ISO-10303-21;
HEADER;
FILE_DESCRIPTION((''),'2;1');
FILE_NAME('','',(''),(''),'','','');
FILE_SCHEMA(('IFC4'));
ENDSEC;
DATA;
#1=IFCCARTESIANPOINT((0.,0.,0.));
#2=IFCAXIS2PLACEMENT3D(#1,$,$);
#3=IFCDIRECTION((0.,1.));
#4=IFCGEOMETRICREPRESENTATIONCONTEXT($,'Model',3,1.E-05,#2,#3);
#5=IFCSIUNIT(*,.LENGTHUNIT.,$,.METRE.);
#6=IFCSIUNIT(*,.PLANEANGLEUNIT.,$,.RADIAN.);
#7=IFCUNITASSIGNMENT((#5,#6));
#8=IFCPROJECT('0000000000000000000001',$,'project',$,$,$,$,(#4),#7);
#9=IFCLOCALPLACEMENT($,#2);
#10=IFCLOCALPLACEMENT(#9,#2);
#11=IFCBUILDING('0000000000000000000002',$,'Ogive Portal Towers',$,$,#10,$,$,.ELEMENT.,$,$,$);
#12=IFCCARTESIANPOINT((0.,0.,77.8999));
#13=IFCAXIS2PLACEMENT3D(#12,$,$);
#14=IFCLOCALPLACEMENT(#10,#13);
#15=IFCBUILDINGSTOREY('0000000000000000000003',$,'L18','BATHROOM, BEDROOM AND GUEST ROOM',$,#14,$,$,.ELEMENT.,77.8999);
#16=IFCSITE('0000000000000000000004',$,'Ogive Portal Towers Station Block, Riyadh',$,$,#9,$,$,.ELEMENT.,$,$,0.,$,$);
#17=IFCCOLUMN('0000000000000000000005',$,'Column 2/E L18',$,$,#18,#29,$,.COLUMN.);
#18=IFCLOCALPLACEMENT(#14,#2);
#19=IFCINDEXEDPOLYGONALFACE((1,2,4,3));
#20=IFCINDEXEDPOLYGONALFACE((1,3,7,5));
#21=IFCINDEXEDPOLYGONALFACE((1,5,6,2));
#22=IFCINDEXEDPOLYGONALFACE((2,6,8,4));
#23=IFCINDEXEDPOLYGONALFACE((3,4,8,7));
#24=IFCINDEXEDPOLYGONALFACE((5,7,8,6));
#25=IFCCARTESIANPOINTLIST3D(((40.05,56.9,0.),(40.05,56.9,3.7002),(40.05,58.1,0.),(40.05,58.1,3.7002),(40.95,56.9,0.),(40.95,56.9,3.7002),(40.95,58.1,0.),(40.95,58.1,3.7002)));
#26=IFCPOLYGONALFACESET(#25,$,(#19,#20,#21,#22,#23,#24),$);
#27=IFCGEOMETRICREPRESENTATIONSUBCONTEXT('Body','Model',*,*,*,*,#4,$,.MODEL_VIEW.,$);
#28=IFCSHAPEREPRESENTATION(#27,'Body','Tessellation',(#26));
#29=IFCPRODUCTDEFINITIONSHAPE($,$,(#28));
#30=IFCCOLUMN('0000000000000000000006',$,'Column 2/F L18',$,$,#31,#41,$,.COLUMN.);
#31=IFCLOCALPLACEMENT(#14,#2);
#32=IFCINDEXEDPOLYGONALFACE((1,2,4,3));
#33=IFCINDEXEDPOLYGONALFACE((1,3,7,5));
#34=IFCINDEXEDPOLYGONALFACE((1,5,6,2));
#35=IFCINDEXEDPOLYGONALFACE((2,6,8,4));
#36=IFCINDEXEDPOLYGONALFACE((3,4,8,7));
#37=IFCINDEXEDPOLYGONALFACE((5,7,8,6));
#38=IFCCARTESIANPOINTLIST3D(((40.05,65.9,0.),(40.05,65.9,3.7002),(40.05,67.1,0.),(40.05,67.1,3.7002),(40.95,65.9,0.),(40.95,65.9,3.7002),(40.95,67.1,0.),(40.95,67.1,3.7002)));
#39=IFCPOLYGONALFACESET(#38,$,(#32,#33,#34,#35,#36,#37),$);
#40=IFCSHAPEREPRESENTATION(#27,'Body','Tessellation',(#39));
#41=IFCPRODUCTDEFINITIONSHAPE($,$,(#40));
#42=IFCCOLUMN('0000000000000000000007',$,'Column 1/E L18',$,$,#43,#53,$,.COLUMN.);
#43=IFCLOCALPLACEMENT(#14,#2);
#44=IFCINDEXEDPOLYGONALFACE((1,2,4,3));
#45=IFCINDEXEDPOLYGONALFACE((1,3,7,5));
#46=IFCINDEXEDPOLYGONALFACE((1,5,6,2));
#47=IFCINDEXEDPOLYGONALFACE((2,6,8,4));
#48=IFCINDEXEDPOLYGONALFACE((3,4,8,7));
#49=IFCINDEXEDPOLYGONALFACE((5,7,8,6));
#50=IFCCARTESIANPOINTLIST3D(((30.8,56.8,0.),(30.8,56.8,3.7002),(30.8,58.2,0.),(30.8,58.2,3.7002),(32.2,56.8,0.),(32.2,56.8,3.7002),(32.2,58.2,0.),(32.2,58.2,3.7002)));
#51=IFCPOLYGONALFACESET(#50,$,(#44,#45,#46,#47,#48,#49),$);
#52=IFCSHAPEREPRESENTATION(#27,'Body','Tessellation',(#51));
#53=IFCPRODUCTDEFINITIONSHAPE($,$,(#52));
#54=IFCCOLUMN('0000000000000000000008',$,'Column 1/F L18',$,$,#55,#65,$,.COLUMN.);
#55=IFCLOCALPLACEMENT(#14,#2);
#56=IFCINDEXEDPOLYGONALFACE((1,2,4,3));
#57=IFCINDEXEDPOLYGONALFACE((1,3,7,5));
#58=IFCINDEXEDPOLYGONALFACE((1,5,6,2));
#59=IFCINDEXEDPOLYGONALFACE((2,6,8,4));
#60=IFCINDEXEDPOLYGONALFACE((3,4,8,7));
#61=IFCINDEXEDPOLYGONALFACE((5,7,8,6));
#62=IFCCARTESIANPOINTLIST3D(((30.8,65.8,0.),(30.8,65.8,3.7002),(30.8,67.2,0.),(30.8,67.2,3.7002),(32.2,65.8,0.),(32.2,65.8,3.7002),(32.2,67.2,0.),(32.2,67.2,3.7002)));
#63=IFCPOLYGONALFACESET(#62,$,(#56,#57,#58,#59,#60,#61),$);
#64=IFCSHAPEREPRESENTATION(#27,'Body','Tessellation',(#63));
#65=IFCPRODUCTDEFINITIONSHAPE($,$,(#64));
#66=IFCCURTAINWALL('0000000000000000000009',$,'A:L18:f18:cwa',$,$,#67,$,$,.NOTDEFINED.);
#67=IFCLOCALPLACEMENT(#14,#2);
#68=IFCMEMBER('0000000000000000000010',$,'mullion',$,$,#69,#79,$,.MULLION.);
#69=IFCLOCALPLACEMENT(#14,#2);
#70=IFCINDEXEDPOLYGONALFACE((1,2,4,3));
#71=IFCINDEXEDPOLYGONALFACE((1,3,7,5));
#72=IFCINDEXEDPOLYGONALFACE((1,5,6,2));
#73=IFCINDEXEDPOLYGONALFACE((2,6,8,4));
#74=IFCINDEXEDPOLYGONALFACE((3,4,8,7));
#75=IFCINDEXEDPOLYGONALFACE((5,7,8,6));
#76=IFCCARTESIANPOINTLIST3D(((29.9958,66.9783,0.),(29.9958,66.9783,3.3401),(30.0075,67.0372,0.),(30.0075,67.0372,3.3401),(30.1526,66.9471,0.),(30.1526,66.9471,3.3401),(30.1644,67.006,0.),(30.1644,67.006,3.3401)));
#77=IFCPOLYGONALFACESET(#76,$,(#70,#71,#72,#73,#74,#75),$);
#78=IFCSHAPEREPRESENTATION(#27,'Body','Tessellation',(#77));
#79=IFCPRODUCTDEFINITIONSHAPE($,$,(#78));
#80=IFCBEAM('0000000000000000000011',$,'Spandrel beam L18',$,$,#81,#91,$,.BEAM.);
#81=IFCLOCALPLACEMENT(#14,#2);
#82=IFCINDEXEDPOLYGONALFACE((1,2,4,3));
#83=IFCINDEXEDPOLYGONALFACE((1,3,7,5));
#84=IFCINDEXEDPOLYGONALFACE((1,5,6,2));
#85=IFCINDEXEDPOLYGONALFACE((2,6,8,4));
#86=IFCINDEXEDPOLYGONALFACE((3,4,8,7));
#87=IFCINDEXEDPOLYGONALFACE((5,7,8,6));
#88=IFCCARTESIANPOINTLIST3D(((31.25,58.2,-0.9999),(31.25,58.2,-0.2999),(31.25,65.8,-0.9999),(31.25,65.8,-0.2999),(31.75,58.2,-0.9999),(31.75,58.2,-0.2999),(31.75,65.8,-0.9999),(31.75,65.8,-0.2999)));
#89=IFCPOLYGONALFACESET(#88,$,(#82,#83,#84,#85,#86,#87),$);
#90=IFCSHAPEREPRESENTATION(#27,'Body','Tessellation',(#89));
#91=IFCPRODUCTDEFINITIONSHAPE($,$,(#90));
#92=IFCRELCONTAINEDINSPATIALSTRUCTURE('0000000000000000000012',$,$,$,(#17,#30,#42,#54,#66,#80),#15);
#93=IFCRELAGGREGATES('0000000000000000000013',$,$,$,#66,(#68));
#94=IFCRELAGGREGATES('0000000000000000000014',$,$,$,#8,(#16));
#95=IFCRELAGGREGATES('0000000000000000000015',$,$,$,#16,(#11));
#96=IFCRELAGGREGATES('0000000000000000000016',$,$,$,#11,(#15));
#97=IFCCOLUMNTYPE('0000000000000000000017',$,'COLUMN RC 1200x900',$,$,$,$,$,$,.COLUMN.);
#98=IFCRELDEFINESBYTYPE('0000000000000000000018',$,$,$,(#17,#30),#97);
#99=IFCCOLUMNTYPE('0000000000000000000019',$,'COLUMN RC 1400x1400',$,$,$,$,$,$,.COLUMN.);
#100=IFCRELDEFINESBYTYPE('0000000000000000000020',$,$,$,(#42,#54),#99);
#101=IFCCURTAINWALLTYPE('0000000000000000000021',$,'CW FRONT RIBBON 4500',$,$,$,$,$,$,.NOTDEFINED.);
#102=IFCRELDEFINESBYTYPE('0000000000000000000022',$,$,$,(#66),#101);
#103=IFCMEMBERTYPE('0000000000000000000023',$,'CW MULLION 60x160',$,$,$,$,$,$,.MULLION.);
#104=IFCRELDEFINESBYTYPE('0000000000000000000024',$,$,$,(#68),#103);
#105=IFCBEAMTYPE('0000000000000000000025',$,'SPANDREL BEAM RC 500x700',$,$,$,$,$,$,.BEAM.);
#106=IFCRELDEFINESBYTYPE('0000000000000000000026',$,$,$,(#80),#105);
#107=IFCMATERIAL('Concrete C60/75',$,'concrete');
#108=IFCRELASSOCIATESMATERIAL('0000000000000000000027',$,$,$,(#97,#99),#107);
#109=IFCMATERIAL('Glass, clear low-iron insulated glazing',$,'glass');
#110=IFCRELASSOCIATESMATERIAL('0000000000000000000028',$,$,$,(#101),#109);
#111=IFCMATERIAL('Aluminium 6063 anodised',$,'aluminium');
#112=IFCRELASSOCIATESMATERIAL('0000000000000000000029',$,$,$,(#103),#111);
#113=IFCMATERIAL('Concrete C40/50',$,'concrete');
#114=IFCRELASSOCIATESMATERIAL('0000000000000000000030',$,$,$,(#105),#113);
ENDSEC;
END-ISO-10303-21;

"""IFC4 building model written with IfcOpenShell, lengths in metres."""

from ifc_helpers import new_model, si_unit, direction, frame, origin, origin_2d, place, context, subcontext, project, spatial, rectangle, extrude, material, material_profile, profile_set, type_object, element, aggregate, save


model = new_model("IFC4")

# Units and contexts
model_context = context("Model", 3, precision=1e-05, world=origin(), true_north=direction((0.0, 1.0)))
body_context = subcontext(model_context, "Body", "Model", "MODEL_VIEW")
ifc_project = project(units=[si_unit("LENGTHUNIT", "METRE"), si_unit("PLANEANGLEUNIT", "RADIAN")], contexts=[model_context])

# Site, building, storey
site_placement = place(None, origin())
site = spatial("IfcSite", under=ifc_project, at=site_placement, Name="Ogive Portal Towers Station Block, Riyadh", CompositionType="ELEMENT", RefElevation=0.0)
building_placement = place(site_placement, origin())
building = spatial("IfcBuilding", under=site, at=building_placement, Name="Ogive Portal Towers", CompositionType="ELEMENT")
storey_placement = place(building_placement, frame((0.0, 0.0, 77.8999)))
storey = spatial("IfcBuildingStorey", under=building, at=storey_placement, Name="L18", Description="BATHROOM, BEDROOM AND GUEST ROOM", CompositionType="ELEMENT", Elevation=77.8999)

# Columns
ifc_material_1 = material(Name="Concrete C60/75", Category="concrete")
ifc_material_profile_1 = material_profile(ifc_material_1, rectangle(XDim=1.2, YDim=0.8999, at=origin_2d()), Name="RC 1200x900")
ifc_profile_set_1 = profile_set([ifc_material_profile_1], Name="Concrete C60/75")
column_type_1 = type_object("IfcColumnType", Name="COLUMN RC 1200x900", PredefinedType="COLUMN", material=ifc_profile_set_1)
for number, where, z_axis, x_axis, name in (
    (1, (40.5, 57.5, 0.0), (0.0, 0.0, 1.0), (0.0, 1.0, 0.0), "Column 2/E L18"),
    (2, (40.5, 66.5, 0.0), (0.0, 0.0, 1.0), (0.0, 1.0, 0.0), "Column 2/F L18"),
):
    element("IfcColumn", number, at=place(storey_placement, frame(where, z_axis=z_axis, x_axis=x_axis)), inside=storey, type_object=column_type_1, Name=name, PredefinedType="COLUMN", context=body_context, shape_type="SweptSolid", body=[
        extrude(rectangle(XDim=1.2, YDim=0.8999, at=origin_2d()), origin(), (0.0, 0.0, 1.0), 3.7002),
    ])
ifc_material_profile_2 = material_profile(ifc_material_1, rectangle(XDim=1.3999, YDim=1.3999, at=origin_2d()), Name="RC 1400x1400")
ifc_profile_set_2 = profile_set([ifc_material_profile_2], Name="Concrete C60/75")
column_type_2 = type_object("IfcColumnType", Name="COLUMN RC 1400x1400", PredefinedType="COLUMN", material=ifc_profile_set_2)
for number, where, z_axis, x_axis, name in (
    (3, (31.5, 57.5, 0.0), (0.0, 0.0, 1.0), (1.0, 0.0, 0.0), "Column 1/E L18"),
    (4, (31.5, 66.5, 0.0), (0.0, 0.0, 1.0), (1.0, 0.0, 0.0), "Column 1/F L18"),
):
    element("IfcColumn", number, at=place(storey_placement, frame(where, z_axis=z_axis, x_axis=x_axis)), inside=storey, type_object=column_type_2, Name=name, PredefinedType="COLUMN", context=body_context, shape_type="SweptSolid", body=[
        extrude(rectangle(XDim=1.3999, YDim=1.3999, at=origin_2d()), origin(), (0.0, 0.0, 1.0), 3.7002),
    ])

# Curtain wall, member
ifc_material_2 = material(Name="Glass, clear low-iron insulated glazing", Category="glass")
curtain_wall_type = type_object("IfcCurtainWallType", Name="CW FRONT RIBBON 4500", PredefinedType="NOTDEFINED", material=ifc_material_2)
curtain_wall_placement = place(storey_placement, origin())
curtain_wall = element("IfcCurtainWall", 5, at=curtain_wall_placement, inside=storey, type_object=curtain_wall_type, Name="A:L18:f18:cwa", PredefinedType="NOTDEFINED")
ifc_material_3 = material(Name="Aluminium 6063 anodised", Category="aluminium")
ifc_material_profile_3 = material_profile(ifc_material_3, rectangle(XDim=0.1599, YDim=0.0601, at=origin_2d()), Name="AL 60x160")
ifc_profile_set_3 = profile_set([ifc_material_profile_3], Name="Aluminium 6063 anodised")
member_type = type_object("IfcMemberType", Name="CW MULLION 60x160", PredefinedType="MULLION", material=ifc_profile_set_3)
member_placement = place(storey_placement, frame((30.0801, 66.9922, 0.0), z_axis=(0.0, 0.0, 1.0), x_axis=(0.980785, -0.19509, 0.0)))
member = element("IfcMember", 6, at=member_placement, type_object=member_type, Name="mullion", PredefinedType="MULLION", context=body_context, shape_type="SweptSolid", body=[
    extrude(rectangle(XDim=0.1599, YDim=0.0601, at=origin_2d()), origin(), (0.0, 0.0, 1.0), 3.3401),
])
aggregate(curtain_wall, [member])

# Beam
ifc_material_4 = material(Name="Concrete C40/50", Category="concrete")
ifc_material_profile_4 = material_profile(ifc_material_4, rectangle(XDim=0.5, YDim=0.7, at=origin_2d()), Name="RC 500x700")
ifc_profile_set_4 = profile_set([ifc_material_profile_4], Name="Concrete C40/50")
beam_type = type_object("IfcBeamType", Name="SPANDREL BEAM RC 500x700", PredefinedType="BEAM", material=ifc_profile_set_4)
beam_placement = place(storey_placement, frame((31.5, 58.2, -0.6499), z_axis=(0.0, 1.0, 0.0), x_axis=(-1.0, 0.0, 0.0)))
element("IfcBeam", 7, at=beam_placement, inside=storey, type_object=beam_type, Name="Spandrel beam L18", PredefinedType="BEAM", context=body_context, shape_type="SweptSolid", body=[
    extrude(rectangle(XDim=0.5, YDim=0.7, at=origin_2d()), origin(), (0.0, 0.0, 1.0), 7.6001),
])

save(model, "model.ifc")
